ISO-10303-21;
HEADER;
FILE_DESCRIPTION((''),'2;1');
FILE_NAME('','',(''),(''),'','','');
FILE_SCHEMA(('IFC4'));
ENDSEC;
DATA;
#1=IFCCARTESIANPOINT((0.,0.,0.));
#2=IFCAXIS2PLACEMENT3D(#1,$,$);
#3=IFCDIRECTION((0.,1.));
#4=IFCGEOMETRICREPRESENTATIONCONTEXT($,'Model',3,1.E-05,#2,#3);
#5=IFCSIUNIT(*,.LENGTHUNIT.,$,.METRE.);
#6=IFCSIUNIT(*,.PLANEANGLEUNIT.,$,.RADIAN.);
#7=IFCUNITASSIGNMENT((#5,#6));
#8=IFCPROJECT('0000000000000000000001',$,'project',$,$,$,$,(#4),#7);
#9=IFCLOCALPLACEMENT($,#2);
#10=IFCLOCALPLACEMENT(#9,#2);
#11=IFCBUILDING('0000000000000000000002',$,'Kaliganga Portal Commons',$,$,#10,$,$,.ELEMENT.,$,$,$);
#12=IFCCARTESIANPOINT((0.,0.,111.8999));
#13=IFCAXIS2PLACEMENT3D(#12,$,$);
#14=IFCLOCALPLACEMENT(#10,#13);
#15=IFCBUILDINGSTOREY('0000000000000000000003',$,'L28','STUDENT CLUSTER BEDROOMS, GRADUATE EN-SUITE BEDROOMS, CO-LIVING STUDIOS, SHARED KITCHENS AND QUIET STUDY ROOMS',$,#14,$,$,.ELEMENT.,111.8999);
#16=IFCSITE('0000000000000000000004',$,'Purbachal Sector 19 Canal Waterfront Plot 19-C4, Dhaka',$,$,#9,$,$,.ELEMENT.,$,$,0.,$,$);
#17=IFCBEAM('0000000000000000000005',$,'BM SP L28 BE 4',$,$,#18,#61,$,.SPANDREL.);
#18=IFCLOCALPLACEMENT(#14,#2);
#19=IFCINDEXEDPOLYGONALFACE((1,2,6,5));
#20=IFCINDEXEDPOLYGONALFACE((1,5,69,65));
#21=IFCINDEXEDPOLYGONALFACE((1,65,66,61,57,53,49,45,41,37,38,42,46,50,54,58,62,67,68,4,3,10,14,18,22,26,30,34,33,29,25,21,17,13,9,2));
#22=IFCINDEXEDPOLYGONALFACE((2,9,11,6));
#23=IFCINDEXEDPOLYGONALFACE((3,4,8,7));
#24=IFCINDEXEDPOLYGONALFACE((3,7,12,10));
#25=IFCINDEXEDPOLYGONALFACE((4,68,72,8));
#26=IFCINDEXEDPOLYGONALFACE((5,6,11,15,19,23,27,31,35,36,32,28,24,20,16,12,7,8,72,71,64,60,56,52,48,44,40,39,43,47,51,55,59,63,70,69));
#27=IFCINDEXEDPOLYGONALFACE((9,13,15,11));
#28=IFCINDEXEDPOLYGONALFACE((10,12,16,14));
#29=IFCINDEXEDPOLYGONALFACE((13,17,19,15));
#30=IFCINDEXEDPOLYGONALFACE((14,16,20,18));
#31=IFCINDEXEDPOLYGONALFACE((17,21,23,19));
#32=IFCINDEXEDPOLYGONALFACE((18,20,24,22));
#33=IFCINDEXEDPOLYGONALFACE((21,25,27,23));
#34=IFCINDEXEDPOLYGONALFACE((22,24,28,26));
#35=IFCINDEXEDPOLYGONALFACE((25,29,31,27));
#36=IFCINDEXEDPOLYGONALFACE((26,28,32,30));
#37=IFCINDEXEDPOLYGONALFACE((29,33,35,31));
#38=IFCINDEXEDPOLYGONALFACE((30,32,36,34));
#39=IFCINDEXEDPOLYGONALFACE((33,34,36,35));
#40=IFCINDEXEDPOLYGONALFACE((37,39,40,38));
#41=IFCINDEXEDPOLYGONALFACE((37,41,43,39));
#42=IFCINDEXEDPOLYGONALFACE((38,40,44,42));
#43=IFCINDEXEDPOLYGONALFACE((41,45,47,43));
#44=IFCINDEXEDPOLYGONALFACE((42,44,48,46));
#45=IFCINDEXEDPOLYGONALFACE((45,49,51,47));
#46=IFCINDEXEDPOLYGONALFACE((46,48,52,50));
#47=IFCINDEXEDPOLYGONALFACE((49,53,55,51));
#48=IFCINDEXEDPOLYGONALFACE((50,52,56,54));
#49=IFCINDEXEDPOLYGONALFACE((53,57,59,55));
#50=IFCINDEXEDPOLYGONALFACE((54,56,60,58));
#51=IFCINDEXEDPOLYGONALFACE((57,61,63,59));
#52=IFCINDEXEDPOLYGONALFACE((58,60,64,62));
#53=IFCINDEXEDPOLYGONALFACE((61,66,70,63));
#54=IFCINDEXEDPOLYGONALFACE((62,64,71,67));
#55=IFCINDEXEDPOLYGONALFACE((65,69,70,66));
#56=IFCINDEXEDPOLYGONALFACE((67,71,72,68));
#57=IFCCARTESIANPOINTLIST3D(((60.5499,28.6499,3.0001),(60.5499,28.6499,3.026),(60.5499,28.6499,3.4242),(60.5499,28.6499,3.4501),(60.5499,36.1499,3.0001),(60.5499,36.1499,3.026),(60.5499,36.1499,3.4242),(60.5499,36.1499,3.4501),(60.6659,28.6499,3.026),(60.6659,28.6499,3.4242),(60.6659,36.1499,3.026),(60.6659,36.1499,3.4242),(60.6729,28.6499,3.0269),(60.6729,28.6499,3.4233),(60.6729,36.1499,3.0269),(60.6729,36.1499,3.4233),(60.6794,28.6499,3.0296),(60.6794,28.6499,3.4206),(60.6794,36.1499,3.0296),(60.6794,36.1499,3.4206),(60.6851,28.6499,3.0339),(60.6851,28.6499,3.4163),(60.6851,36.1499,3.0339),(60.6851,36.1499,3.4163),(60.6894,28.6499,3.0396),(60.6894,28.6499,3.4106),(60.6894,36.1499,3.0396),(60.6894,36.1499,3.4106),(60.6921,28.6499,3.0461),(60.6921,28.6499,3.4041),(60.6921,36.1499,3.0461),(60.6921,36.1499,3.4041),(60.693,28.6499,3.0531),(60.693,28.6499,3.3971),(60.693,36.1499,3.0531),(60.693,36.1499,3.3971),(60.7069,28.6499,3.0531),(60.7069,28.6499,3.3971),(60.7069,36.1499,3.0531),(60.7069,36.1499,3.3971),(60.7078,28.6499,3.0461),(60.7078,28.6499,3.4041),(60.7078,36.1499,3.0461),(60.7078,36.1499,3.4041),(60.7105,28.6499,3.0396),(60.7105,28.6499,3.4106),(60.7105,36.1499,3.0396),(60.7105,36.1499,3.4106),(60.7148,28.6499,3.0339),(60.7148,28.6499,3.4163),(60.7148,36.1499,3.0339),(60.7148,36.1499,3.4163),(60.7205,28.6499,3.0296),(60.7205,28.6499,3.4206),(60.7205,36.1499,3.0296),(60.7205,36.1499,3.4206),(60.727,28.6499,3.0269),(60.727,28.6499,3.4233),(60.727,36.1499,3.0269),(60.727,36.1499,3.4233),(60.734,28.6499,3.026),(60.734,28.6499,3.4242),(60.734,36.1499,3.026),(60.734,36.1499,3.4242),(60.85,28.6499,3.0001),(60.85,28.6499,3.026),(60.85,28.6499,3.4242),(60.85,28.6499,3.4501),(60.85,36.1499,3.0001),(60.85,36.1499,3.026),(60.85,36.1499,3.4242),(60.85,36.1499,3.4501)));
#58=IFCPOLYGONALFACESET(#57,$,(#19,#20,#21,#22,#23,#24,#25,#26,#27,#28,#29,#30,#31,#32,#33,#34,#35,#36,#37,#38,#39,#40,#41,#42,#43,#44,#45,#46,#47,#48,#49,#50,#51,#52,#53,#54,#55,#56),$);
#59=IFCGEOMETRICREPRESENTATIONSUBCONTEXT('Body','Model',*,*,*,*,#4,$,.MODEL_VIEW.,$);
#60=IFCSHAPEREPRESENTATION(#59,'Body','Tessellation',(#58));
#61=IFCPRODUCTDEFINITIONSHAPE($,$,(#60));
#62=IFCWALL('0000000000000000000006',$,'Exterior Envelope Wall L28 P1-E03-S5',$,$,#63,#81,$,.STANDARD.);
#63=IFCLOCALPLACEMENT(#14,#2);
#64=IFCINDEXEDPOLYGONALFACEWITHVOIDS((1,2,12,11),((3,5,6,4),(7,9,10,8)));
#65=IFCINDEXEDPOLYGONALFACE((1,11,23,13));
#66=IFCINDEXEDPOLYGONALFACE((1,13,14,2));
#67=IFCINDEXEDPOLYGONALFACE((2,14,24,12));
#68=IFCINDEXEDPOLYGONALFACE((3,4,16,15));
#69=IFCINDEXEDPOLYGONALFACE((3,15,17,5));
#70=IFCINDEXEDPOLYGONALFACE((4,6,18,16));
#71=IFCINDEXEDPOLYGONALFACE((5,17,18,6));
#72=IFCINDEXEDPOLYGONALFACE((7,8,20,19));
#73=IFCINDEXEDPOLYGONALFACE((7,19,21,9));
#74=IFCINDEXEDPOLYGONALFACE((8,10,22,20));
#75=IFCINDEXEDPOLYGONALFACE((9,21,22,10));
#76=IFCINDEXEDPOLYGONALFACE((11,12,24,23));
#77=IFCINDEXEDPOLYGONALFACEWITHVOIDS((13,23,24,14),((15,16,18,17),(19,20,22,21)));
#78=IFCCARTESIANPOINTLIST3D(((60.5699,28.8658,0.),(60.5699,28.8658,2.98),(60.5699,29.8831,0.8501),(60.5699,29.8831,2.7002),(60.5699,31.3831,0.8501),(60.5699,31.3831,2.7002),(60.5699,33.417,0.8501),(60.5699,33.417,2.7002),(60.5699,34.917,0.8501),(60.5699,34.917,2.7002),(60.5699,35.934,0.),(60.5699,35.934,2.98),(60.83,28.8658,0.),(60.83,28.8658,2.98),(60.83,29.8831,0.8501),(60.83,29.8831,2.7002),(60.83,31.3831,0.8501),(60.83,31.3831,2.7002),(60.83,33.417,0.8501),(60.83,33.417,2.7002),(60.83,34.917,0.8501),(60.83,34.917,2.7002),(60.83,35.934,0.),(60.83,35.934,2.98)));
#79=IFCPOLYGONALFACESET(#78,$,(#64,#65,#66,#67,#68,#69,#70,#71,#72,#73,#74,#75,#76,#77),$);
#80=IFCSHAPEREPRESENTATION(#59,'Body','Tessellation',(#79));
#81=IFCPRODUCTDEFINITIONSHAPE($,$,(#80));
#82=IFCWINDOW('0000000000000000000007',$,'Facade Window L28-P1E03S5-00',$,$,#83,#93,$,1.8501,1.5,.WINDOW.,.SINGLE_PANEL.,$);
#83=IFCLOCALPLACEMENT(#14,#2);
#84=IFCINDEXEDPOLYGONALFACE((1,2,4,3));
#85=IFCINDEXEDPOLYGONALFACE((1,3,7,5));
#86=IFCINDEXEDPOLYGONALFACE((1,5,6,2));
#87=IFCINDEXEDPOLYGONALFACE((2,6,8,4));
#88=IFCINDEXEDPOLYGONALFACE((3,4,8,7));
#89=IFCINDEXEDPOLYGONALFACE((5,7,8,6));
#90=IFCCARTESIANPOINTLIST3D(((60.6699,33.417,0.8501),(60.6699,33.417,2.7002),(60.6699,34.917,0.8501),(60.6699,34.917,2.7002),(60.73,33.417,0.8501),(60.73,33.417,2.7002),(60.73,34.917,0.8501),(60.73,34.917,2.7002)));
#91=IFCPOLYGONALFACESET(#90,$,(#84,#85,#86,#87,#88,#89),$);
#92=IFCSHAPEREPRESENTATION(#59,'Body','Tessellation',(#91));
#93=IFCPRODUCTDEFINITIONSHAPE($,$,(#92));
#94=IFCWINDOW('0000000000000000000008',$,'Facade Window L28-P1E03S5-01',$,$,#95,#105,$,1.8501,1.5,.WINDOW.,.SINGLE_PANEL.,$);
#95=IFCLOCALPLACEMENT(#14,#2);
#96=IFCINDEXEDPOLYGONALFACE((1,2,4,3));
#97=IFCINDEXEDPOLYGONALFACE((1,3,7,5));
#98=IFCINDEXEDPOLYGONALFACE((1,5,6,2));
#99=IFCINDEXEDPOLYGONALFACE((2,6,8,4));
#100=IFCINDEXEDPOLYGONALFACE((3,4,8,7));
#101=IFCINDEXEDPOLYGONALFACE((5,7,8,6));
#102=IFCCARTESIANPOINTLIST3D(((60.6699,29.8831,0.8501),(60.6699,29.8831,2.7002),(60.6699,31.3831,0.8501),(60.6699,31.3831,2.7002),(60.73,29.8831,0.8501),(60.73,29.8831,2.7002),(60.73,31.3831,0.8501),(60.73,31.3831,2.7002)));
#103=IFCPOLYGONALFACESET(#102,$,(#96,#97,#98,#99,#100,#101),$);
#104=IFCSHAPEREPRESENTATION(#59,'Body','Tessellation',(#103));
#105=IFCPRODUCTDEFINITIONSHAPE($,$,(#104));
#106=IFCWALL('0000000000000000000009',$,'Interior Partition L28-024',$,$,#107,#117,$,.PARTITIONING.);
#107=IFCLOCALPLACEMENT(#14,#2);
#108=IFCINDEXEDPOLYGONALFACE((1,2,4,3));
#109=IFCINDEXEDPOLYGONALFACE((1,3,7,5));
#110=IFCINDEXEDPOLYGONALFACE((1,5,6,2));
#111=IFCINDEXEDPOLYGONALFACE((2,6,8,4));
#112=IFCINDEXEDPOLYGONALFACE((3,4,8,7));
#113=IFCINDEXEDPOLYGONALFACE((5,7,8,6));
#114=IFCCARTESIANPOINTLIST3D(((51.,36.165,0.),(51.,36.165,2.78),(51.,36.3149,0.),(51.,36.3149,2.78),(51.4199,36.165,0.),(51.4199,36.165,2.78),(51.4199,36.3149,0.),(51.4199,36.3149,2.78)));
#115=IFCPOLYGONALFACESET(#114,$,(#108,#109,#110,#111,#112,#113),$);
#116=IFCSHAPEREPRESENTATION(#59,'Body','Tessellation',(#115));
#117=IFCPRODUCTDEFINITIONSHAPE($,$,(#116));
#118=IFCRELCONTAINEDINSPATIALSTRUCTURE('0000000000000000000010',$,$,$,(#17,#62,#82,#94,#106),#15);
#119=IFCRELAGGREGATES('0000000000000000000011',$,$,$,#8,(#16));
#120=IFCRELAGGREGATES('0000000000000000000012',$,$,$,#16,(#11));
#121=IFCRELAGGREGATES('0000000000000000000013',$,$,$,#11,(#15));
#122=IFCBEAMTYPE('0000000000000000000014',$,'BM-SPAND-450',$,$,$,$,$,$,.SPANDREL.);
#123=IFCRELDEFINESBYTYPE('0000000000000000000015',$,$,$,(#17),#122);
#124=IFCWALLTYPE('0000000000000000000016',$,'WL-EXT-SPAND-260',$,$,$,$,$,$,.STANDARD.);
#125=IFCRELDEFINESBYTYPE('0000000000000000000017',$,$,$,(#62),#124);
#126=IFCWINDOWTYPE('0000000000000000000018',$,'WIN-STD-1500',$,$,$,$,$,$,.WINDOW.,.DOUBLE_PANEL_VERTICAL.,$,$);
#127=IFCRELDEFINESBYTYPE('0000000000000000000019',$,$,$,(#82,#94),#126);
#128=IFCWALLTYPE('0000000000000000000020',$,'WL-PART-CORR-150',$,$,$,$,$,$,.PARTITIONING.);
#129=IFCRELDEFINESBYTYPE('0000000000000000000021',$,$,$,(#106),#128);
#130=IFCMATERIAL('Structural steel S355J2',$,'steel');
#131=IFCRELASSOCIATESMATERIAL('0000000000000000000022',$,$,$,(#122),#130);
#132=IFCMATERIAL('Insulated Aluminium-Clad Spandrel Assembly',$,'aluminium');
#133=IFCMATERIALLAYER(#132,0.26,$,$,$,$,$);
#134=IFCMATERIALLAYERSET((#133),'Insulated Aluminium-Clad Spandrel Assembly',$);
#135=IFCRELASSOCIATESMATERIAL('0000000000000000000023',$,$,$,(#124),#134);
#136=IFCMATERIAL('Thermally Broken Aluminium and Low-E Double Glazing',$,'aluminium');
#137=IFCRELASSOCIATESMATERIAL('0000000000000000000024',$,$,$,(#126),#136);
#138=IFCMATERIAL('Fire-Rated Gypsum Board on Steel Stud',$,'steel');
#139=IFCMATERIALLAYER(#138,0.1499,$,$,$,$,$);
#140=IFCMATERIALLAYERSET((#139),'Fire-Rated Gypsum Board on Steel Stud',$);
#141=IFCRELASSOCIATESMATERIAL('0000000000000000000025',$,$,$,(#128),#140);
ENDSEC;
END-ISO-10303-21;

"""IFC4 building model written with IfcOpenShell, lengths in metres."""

from ifc_helpers import new_model, si_unit, direction, frame, frame_2d, origin, origin_2d, place, context, subcontext, project, spatial, rectangle, i_section, extrude, source, transform, mapped, material, layer, layer_set, material_profile, profile_set, type_object, element, fill, save


model = new_model("IFC4")

# Units and contexts
model_context = context("Model", 3, precision=1e-05, world=origin(), true_north=direction((0.0, 1.0)))
body_context = subcontext(model_context, "Body", "Model", "MODEL_VIEW")
ifc_project = project(units=[si_unit("LENGTHUNIT", "METRE"), si_unit("PLANEANGLEUNIT", "RADIAN")], contexts=[model_context])

# Site, building, storey
site_placement = place(None, origin())
site = spatial("IfcSite", under=ifc_project, at=site_placement, Name="Purbachal Sector 19 Canal Waterfront Plot 19-C4, Dhaka", CompositionType="ELEMENT", RefElevation=0.0)
building_placement = place(site_placement, origin())
building = spatial("IfcBuilding", under=site, at=building_placement, Name="Kaliganga Portal Commons", CompositionType="ELEMENT")
storey_placement = place(building_placement, frame((0.0, 0.0, 111.8999)))
storey = spatial("IfcBuildingStorey", under=building, at=storey_placement, Name="L28", Description="STUDENT CLUSTER BEDROOMS, GRADUATE EN-SUITE BEDROOMS, CO-LIVING STUDIOS, SHARED KITCHENS AND QUIET STUDY ROOMS", CompositionType="ELEMENT", Elevation=111.8999)

# Beam
ifc_material_1 = material(Name="Structural steel S355J2", Category="steel")
ifc_material_profile_1 = material_profile(ifc_material_1, i_section(OverallWidth=0.3, OverallDepth=0.45, WebThickness=0.0139, FlangeThickness=0.0259, FilletRadius=0.0271, at=origin_2d()), Name="HE 450 B")
ifc_profile_set_1 = profile_set([ifc_material_profile_1], Name="Structural steel S355J2 wide-flange")
beam_type_1 = type_object("IfcBeamType", Name="BM-SPAND-450", PredefinedType="SPANDREL", material=ifc_profile_set_1)
shared_shape_1 = source(origin(), body_context, "Body", "SweptSolid", [
    extrude(i_section(OverallWidth=0.3, OverallDepth=0.45, WebThickness=0.0139, FlangeThickness=0.0259, FilletRadius=0.0271, at=origin_2d()), origin(), (0.0, 0.0, 1.0), 7.5),
])
beam_1_placement = place(storey_placement, frame((60.7, 28.6499, 3.2251), z_axis=(0.0, 1.0, 0.0), x_axis=(-1.0, 0.0, 0.0)))
element("IfcBeam", 1, at=beam_1_placement, inside=storey, type_object=beam_type_1, Name="BM SP L28 BE 4", PredefinedType="SPANDREL", context=body_context, shape_type="MappedRepresentation", body=[
    mapped(shared_shape_1, transform((0.0, 0.0, 0.0), x_axis=(1.0, 0.0, 0.0), y_axis=(0.0, 1.0, 0.0), z_axis=(0.0, 0.0, 1.0), scale=1.0)),
])

# Wall, openings, windows
ifc_material_2 = material(Name="Insulated Aluminium-Clad Spandrel Assembly", Category="aluminium")
ifc_layer_1 = layer(ifc_material_2, 0.26)
ifc_layer_set_1 = layer_set([ifc_layer_1], Name="Insulated Aluminium-Clad Spandrel Assembly")
wall_type_1 = type_object("IfcWallType", Name="WL-EXT-SPAND-260", PredefinedType="STANDARD", material=ifc_layer_set_1)
wall_1_placement = place(storey_placement, frame((60.7, 35.9341, 0.0), z_axis=(0.0, 0.0, 1.0), x_axis=(0.0, -1.0, 0.0)))
wall_1 = element("IfcWall", 2, at=wall_1_placement, inside=storey, type_object=wall_type_1, Name="Exterior Envelope Wall L28 P1-E03-S5", PredefinedType="STANDARD", context=body_context, shape_type="SweptSolid", body=[
    extrude(rectangle(XDim=7.0681, YDim=0.26, at=frame_2d((3.5342, 0.0))), origin(), (0.0, 0.0, 1.0), 2.98),
])
opening_1_placement = place(wall_1_placement, frame((1.0171, 0.0, 0.8501)))
opening_1 = element("IfcOpeningElement", 3, at=opening_1_placement, cuts=wall_1, PredefinedType="OPENING", context=body_context, shape_type="SweptSolid", body=[
    extrude(rectangle(XDim=1.5, YDim=1.8501, at=frame_2d((0.75, 0.925))), frame((0.0, 0.1401, 0.0), z_axis=(0.0, -1.0, 0.0), x_axis=(1.0, 0.0, 0.0)), (0.0, 0.0, 1.0), 0.28),
])
opening_2_placement = place(wall_1_placement, frame((4.551, 0.0, 0.8501)))
opening_2 = element("IfcOpeningElement", 4, at=opening_2_placement, cuts=wall_1, PredefinedType="OPENING", context=body_context, shape_type="SweptSolid", body=[
    extrude(rectangle(XDim=1.5, YDim=1.8501, at=frame_2d((0.75, 0.925))), frame((0.0, 0.1401, 0.0), z_axis=(0.0, -1.0, 0.0), x_axis=(1.0, 0.0, 0.0)), (0.0, 0.0, 1.0), 0.28),
])
ifc_material_3 = material(Name="Thermally Broken Aluminium and Low-E Double Glazing", Category="aluminium")
window_type = type_object("IfcWindowType", Name="WIN-STD-1500", PartitioningType="DOUBLE_PANEL_VERTICAL", PredefinedType="WINDOW", material=ifc_material_3)
window_1_placement = place(opening_1_placement, origin())
window_1 = element("IfcWindow", 5, at=window_1_placement, inside=storey, type_object=window_type, Name="Facade Window L28-P1E03S5-00", OverallHeight=1.8501, OverallWidth=1.5, PartitioningType="SINGLE_PANEL", PredefinedType="WINDOW", context=body_context, shape_type="SweptSolid", body=[
    extrude(rectangle(XDim=1.5, YDim=1.8501, at=frame_2d((0.75, 0.925))), frame((0.0, 0.03, 0.0), z_axis=(0.0, -1.0, 0.0), x_axis=(1.0, 0.0, 0.0)), (0.0, 0.0, 1.0), 0.0601),
])
fill(opening_1, window_1)
window_2_placement = place(opening_2_placement, origin())
window_2 = element("IfcWindow", 6, at=window_2_placement, inside=storey, type_object=window_type, Name="Facade Window L28-P1E03S5-01", OverallHeight=1.8501, OverallWidth=1.5, PartitioningType="SINGLE_PANEL", PredefinedType="WINDOW", context=body_context, shape_type="SweptSolid", body=[
    extrude(rectangle(XDim=1.5, YDim=1.8501, at=frame_2d((0.75, 0.925))), frame((0.0, 0.03, 0.0), z_axis=(0.0, -1.0, 0.0), x_axis=(1.0, 0.0, 0.0)), (0.0, 0.0, 1.0), 0.0601),
])
fill(opening_2, window_2)

# Shared definitions
ifc_material_4 = material(Name="Fire-Rated Gypsum Board on Steel Stud", Category="steel")
ifc_layer_2 = layer(ifc_material_4, 0.1499)
ifc_layer_set_2 = layer_set([ifc_layer_2], Name="Fire-Rated Gypsum Board on Steel Stud")
wall_type_2 = type_object("IfcWallType", Name="WL-PART-CORR-150", PredefinedType="PARTITIONING", material=ifc_layer_set_2)

# Wall
wall_2_placement = place(storey_placement, frame((51.0, 36.24, 0.0), z_axis=(0.0, 0.0, 1.0), x_axis=(1.0, 0.0, 0.0)))
element("IfcWall", 7, at=wall_2_placement, inside=storey, type_object=wall_type_2, Name="Interior Partition L28-024", PredefinedType="PARTITIONING", context=body_context, shape_type="SweptSolid", body=[
    extrude(rectangle(XDim=0.4199, YDim=0.1499, at=frame_2d((0.21, 0.0))), origin(), (0.0, 0.0, 1.0), 2.78),
])

save(model, "model.ifc")
